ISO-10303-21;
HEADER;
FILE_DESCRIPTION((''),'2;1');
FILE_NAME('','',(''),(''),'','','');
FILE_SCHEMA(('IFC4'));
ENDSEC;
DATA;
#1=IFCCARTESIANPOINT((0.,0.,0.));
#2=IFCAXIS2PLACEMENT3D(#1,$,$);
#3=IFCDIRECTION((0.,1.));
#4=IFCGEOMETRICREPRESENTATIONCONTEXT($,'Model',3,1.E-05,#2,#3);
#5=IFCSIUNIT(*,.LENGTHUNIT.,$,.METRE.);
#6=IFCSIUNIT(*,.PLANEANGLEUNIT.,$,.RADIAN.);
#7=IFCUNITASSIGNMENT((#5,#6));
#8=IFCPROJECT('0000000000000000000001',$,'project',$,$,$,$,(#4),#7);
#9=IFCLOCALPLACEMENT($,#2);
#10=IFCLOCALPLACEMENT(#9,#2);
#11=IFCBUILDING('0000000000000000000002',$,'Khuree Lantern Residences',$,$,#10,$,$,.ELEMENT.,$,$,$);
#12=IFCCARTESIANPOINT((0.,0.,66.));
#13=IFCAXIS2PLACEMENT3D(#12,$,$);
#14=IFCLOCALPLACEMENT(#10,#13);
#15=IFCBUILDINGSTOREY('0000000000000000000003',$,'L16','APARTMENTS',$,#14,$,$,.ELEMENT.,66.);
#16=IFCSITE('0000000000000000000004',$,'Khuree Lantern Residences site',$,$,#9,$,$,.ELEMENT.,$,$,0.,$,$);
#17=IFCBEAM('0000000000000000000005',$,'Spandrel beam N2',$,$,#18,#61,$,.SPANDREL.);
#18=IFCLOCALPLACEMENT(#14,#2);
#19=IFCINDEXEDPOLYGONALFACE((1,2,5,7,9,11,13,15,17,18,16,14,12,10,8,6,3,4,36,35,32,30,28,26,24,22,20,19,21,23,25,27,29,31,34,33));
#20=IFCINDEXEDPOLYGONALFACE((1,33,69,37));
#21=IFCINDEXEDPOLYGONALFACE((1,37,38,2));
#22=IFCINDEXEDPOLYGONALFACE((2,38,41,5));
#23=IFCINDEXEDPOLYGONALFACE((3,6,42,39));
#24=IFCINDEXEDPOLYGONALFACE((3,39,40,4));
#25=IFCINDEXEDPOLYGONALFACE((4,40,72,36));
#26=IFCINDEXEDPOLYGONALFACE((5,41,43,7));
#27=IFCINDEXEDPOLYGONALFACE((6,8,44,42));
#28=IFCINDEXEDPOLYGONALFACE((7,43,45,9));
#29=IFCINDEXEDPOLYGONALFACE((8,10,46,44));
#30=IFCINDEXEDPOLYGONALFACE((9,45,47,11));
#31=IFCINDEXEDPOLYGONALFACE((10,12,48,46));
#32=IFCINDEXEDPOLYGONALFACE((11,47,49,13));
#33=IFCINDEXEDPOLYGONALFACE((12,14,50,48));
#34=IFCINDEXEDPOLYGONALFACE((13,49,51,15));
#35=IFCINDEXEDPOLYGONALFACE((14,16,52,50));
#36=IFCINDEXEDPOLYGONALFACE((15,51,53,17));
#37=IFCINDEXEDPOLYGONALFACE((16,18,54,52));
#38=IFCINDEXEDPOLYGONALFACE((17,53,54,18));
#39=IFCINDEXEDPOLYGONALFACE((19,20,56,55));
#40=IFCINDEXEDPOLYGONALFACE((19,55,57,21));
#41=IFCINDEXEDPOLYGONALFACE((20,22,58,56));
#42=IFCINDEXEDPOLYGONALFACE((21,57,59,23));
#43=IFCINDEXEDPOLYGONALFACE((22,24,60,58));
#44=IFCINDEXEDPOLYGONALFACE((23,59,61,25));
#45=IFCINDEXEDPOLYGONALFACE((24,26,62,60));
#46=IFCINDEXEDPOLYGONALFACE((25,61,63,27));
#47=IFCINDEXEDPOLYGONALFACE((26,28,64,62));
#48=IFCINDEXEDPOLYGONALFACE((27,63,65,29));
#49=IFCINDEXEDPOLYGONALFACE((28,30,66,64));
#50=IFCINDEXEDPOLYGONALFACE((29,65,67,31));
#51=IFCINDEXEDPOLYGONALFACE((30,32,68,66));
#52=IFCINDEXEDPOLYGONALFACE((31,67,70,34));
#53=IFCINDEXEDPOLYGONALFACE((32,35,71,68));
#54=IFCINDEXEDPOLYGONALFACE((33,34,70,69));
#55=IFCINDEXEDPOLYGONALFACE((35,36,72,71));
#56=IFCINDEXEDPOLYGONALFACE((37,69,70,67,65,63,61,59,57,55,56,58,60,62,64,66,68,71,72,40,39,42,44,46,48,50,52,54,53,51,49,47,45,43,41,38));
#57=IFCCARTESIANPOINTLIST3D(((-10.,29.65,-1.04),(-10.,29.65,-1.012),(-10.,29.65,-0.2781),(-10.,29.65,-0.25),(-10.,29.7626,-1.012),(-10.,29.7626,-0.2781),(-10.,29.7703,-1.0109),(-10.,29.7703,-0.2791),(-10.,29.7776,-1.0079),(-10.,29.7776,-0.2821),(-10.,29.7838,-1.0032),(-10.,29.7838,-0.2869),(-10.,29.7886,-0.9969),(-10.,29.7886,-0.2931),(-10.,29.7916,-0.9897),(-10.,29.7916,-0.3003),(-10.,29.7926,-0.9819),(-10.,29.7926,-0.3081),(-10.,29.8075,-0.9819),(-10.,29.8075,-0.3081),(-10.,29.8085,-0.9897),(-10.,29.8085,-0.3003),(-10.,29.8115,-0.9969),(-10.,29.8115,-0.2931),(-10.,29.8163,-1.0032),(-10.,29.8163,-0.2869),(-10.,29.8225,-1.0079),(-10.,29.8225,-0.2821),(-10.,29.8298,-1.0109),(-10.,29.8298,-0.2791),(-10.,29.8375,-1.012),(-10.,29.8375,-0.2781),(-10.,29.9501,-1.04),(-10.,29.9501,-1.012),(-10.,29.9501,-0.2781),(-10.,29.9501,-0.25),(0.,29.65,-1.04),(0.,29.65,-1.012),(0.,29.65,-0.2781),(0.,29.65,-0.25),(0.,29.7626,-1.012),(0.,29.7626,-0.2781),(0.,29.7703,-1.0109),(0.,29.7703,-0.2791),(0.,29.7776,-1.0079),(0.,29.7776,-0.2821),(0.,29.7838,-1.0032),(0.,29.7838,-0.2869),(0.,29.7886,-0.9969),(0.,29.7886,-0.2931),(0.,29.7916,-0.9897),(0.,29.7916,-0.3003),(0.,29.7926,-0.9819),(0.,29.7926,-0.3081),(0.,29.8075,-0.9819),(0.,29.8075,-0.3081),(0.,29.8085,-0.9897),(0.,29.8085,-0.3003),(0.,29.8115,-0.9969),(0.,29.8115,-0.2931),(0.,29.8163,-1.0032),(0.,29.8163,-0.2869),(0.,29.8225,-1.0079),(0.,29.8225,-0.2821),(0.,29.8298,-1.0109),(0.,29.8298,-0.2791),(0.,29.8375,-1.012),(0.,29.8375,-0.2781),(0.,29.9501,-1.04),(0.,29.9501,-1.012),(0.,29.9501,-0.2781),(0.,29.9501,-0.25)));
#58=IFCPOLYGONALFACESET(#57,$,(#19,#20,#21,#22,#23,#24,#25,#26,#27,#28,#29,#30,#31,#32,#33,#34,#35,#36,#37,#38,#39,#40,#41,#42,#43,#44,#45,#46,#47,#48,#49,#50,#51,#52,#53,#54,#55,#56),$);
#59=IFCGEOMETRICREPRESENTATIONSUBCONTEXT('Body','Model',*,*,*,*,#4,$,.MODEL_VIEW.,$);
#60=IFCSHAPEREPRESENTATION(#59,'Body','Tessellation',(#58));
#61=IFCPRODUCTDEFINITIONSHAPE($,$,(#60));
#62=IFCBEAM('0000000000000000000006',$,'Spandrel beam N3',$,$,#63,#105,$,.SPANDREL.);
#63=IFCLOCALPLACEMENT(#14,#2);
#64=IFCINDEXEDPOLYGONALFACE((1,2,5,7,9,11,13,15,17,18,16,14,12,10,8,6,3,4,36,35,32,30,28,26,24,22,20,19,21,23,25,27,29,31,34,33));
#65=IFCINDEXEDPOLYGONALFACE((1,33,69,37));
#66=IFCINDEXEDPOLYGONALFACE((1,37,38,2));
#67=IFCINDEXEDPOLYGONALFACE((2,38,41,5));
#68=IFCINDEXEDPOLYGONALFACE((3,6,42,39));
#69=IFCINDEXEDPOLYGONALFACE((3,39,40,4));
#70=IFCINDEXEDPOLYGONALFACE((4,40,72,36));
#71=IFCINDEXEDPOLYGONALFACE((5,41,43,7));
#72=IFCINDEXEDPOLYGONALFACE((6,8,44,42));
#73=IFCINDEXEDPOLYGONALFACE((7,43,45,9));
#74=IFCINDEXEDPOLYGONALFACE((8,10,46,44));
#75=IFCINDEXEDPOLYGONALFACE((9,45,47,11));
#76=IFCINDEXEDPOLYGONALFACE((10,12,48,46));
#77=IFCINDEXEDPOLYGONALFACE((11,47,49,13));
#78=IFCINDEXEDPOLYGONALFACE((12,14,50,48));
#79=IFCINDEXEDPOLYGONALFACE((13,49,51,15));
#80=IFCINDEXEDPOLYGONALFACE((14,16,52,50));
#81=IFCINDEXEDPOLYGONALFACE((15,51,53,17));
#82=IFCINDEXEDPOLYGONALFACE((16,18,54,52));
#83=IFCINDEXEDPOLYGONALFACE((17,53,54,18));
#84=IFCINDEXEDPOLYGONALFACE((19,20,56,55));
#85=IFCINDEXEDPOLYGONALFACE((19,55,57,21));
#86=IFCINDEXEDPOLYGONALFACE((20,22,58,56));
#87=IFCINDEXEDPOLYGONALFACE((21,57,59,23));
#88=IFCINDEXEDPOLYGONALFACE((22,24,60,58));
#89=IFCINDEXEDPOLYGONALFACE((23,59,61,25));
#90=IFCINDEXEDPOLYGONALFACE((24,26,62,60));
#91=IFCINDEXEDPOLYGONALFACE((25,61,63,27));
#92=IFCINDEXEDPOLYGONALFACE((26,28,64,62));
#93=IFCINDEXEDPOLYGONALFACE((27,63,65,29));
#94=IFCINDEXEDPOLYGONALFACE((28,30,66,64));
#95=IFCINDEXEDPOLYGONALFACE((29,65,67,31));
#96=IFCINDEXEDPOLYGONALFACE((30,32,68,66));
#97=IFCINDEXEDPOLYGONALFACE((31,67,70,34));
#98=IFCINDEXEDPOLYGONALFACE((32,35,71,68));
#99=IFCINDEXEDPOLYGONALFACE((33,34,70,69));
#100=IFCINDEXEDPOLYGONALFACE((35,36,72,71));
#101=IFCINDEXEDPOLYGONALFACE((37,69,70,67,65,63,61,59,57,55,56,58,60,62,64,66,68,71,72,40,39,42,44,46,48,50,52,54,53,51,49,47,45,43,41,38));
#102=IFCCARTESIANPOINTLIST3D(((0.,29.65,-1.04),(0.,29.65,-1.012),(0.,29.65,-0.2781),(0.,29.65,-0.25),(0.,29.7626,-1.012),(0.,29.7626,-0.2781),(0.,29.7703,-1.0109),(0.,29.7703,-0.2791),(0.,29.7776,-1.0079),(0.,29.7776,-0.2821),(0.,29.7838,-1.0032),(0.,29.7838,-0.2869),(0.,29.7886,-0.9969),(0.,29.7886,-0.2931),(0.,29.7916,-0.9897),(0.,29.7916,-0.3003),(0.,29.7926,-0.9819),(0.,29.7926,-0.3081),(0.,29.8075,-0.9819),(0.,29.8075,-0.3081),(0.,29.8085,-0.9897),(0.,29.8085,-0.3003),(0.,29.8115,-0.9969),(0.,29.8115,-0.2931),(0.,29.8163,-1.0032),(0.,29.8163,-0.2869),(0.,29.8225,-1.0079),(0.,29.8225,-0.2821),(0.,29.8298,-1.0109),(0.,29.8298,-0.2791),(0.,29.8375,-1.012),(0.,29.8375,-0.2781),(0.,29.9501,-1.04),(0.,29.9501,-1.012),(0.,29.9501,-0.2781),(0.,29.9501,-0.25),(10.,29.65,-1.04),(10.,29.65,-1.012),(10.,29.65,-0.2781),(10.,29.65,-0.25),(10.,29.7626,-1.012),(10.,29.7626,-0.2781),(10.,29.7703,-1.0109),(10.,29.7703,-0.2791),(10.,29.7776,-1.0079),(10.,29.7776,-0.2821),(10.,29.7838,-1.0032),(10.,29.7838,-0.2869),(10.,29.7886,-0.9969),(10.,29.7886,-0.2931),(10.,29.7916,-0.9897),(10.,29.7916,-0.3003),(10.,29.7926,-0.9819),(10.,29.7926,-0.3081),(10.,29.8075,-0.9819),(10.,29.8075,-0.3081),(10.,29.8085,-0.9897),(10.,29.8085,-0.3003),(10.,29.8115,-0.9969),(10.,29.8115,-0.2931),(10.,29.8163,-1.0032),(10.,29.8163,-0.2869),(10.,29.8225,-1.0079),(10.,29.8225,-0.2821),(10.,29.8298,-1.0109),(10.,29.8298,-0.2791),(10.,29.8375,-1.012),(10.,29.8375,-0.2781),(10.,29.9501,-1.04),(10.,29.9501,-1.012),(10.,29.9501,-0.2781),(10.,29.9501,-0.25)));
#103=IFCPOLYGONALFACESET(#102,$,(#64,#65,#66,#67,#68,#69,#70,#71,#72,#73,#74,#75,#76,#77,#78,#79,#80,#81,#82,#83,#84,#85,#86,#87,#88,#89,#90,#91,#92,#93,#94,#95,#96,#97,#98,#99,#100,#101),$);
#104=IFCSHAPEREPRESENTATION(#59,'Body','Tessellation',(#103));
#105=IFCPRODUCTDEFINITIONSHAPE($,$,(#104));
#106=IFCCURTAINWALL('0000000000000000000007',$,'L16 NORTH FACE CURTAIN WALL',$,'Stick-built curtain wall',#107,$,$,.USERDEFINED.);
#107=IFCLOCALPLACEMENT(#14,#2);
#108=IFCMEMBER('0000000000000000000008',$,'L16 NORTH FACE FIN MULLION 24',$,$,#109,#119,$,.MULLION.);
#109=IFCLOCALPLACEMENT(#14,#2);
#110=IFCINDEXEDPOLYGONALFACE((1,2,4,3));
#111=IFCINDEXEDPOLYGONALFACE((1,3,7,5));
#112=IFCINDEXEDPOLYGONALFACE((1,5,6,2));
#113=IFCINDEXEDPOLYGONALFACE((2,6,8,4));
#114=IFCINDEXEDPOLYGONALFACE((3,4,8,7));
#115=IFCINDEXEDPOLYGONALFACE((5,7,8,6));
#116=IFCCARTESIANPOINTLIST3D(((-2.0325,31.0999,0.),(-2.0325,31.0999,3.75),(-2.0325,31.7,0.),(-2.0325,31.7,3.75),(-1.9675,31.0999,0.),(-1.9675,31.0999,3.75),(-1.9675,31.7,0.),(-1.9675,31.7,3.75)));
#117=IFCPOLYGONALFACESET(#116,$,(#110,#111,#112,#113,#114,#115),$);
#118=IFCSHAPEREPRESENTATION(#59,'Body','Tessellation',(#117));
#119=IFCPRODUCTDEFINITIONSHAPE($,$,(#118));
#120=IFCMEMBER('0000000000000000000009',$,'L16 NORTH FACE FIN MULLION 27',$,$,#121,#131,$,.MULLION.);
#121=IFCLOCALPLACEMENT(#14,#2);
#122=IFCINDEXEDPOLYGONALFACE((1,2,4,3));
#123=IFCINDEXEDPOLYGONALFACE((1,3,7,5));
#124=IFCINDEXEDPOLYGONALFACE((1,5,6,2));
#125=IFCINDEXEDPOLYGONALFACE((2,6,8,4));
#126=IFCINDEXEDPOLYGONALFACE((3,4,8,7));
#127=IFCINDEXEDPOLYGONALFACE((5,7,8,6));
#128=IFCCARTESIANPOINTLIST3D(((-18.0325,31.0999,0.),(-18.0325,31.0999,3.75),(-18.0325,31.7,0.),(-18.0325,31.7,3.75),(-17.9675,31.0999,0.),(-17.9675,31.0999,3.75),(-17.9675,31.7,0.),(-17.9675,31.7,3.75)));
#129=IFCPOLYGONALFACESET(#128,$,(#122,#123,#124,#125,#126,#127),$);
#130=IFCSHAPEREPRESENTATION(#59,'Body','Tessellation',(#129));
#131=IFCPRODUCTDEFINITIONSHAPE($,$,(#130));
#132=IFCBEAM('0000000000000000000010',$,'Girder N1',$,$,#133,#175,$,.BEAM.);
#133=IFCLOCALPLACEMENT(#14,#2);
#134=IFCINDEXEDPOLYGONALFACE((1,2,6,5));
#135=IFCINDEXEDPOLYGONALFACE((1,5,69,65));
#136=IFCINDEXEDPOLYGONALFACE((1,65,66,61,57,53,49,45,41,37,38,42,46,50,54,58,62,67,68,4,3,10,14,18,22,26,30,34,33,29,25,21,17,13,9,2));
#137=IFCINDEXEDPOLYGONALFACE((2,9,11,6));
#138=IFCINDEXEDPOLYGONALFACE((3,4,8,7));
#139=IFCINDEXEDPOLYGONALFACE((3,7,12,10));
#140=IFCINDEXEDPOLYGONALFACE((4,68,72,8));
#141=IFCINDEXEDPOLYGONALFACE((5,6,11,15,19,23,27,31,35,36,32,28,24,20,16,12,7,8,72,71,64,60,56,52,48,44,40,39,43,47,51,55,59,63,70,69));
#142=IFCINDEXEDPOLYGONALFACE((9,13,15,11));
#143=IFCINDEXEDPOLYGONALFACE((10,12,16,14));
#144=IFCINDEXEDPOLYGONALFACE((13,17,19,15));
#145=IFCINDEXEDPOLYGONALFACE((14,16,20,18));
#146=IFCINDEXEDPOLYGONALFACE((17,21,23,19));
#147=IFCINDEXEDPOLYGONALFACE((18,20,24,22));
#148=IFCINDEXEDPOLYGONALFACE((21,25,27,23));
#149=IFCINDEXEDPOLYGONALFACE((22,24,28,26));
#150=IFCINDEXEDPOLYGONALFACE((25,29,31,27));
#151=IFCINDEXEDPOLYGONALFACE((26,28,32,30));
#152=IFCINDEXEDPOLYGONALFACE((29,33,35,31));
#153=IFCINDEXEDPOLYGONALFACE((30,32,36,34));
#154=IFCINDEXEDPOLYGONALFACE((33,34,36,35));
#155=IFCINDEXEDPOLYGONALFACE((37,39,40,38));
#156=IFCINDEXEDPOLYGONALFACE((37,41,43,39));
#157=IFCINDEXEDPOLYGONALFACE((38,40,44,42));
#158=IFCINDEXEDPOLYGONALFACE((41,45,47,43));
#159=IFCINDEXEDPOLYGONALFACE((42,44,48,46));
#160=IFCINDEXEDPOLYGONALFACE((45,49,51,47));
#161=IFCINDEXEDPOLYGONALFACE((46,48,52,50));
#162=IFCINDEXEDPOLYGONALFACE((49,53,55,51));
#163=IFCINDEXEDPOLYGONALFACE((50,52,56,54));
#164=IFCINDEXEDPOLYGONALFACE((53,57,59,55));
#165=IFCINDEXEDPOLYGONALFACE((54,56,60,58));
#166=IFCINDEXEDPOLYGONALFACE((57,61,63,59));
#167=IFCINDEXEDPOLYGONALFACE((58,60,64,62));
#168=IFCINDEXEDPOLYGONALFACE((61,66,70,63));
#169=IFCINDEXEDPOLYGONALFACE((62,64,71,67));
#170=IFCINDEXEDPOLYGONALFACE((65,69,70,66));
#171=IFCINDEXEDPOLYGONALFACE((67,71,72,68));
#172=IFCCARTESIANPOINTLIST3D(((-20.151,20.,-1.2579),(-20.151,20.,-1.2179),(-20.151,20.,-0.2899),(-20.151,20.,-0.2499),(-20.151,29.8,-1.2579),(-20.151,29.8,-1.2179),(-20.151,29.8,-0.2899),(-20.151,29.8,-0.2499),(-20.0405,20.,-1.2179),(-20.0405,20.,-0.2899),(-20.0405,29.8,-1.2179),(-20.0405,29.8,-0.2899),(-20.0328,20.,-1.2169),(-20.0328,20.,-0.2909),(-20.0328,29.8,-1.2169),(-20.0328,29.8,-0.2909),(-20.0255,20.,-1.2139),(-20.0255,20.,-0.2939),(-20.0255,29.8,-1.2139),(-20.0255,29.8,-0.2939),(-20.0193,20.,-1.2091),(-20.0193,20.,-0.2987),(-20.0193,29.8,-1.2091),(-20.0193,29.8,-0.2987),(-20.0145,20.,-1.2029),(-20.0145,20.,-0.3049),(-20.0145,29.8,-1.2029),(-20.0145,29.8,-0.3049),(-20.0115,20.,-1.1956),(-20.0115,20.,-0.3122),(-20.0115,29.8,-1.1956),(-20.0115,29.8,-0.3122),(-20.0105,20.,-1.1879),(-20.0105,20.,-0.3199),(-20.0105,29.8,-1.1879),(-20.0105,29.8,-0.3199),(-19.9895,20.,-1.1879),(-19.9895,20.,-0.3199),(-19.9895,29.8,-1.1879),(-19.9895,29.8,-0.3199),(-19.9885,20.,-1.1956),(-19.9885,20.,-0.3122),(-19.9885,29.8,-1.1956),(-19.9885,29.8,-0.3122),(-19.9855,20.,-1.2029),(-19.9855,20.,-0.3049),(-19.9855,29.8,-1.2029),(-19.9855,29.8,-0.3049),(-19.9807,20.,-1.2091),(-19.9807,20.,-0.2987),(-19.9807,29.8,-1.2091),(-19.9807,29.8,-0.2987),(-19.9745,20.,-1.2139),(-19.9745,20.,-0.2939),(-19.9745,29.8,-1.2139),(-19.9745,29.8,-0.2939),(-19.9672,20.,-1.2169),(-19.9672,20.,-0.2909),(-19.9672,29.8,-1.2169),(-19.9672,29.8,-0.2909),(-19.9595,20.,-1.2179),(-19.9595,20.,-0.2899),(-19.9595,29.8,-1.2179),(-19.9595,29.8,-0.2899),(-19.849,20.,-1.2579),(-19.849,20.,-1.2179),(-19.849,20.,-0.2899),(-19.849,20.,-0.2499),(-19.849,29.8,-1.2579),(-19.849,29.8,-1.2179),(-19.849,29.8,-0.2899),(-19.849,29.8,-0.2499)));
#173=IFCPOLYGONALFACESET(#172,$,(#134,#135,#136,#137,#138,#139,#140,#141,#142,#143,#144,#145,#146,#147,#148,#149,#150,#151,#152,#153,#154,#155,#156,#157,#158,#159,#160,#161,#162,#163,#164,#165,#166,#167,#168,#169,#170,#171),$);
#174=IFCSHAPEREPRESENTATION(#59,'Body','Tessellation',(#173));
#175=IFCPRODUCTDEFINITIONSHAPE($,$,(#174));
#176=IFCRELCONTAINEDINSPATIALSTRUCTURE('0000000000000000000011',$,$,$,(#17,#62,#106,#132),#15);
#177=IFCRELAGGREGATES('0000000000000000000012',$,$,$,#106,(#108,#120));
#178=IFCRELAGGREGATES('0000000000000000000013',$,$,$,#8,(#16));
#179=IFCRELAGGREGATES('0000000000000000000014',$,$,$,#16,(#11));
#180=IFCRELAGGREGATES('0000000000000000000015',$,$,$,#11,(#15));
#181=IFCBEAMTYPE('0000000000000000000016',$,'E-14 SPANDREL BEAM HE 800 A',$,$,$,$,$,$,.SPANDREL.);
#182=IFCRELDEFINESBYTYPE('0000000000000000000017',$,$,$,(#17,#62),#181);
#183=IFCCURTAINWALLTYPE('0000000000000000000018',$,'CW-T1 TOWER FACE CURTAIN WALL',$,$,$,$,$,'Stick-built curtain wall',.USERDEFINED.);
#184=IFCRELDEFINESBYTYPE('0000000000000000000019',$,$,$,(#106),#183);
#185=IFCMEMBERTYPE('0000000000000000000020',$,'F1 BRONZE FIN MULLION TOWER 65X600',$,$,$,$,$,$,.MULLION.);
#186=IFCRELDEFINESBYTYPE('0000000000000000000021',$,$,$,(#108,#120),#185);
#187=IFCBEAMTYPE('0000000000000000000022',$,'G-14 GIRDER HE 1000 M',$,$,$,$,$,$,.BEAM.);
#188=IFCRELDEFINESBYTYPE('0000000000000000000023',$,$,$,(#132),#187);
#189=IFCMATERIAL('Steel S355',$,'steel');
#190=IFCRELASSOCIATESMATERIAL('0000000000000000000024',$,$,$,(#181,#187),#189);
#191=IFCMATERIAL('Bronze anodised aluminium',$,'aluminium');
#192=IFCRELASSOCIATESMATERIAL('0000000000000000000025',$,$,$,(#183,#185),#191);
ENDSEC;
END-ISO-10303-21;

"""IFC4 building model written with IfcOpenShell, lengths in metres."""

from ifc_helpers import new_model, si_unit, direction, frame, origin, origin_2d, place, context, subcontext, project, spatial, rectangle, i_section, extrude, material, material_profile, profile_set, type_object, element, aggregate, save


model = new_model("IFC4")

# Units and contexts
model_context = context("Model", 3, precision=1e-05, world=origin(), true_north=direction((0.0, 1.0)))
body_context = subcontext(model_context, "Body", "Model", "MODEL_VIEW")
ifc_project = project(units=[si_unit("LENGTHUNIT", "METRE"), si_unit("PLANEANGLEUNIT", "RADIAN")], contexts=[model_context])

# Site, building, storey
site_placement = place(None, origin())
site = spatial("IfcSite", under=ifc_project, at=site_placement, Name="Khuree Lantern Residences site", CompositionType="ELEMENT", RefElevation=0.0)
building_placement = place(site_placement, origin())
building = spatial("IfcBuilding", under=site, at=building_placement, Name="Khuree Lantern Residences", CompositionType="ELEMENT")
storey_placement = place(building_placement, frame((0.0, 0.0, 66.0)))
storey = spatial("IfcBuildingStorey", under=building, at=storey_placement, Name="L16", Description="APARTMENTS", CompositionType="ELEMENT", Elevation=66.0)

# Beams
ifc_material_1 = material(Name="Steel S355", Category="steel")
ifc_material_profile_1 = material_profile(ifc_material_1, i_section(OverallWidth=0.3, OverallDepth=0.79, WebThickness=0.0149, FlangeThickness=0.0281, FilletRadius=0.03, at=origin_2d()), Name="HE 800 A")
ifc_profile_set_1 = profile_set([ifc_material_profile_1], Name="Steel S355")
beam_type_1 = type_object("IfcBeamType", Name="E-14 SPANDREL BEAM HE 800 A", PredefinedType="SPANDREL", material=ifc_profile_set_1)
for number, where, z_axis, x_axis, name in (
    (1, (-10.0, 29.8, -0.645), (1.0, 0.0, 0.0), (0.0, 1.0, 0.0), "Spandrel beam N2"),
    (2, (0.0, 29.8, -0.645), (1.0, 0.0, 0.0), (0.0, 1.0, 0.0), "Spandrel beam N3"),
):
    element("IfcBeam", number, at=place(storey_placement, frame(where, z_axis=z_axis, x_axis=x_axis)), inside=storey, type_object=beam_type_1, Name=name, PredefinedType="SPANDREL", context=body_context, shape_type="SweptSolid", body=[
        extrude(i_section(OverallWidth=0.3, OverallDepth=0.79, WebThickness=0.0149, FlangeThickness=0.0281, FilletRadius=0.03, at=origin_2d()), origin(), (0.0, 0.0, 1.0), 10.0),
    ])

# Curtain wall, members
ifc_material_2 = material(Name="Bronze anodised aluminium", Category="aluminium")
curtain_wall_type = type_object("IfcCurtainWallType", Name="CW-T1 TOWER FACE CURTAIN WALL", ElementType="Stick-built curtain wall", PredefinedType="USERDEFINED", material=ifc_material_2)
curtain_wall_placement = place(storey_placement, origin())
curtain_wall = element("IfcCurtainWall", 3, at=curtain_wall_placement, inside=storey, type_object=curtain_wall_type, Name="L16 NORTH FACE CURTAIN WALL", ObjectType="Stick-built curtain wall", PredefinedType="USERDEFINED")
ifc_material_profile_2 = material_profile(ifc_material_2, rectangle(XDim=0.0649, YDim=0.6001, at=origin_2d()), Name="F1 65X600")
ifc_profile_set_2 = profile_set([ifc_material_profile_2], Name="Bronze anodised aluminium")
member_type_1 = type_object("IfcMemberType", Name="F1 BRONZE FIN MULLION TOWER 65X600", PredefinedType="MULLION", material=ifc_profile_set_2)
member_1_placement = place(storey_placement, frame((-2.0, 31.3999, 0.0), z_axis=(0.0, 0.0, 1.0), x_axis=(-1.0, 0.0, 0.0)))
member_1 = element("IfcMember", 4, at=member_1_placement, type_object=member_type_1, Name="L16 NORTH FACE FIN MULLION 24", PredefinedType="MULLION", context=body_context, shape_type="SweptSolid", body=[
    extrude(rectangle(XDim=0.0649, YDim=0.6001, at=origin_2d()), origin(), (0.0, 0.0, 1.0), 3.75),
])
member_2_placement = place(storey_placement, frame((-18.0, 31.3999, 0.0), z_axis=(0.0, 0.0, 1.0), x_axis=(-1.0, 0.0, 0.0)))
member_2 = element("IfcMember", 5, at=member_2_placement, type_object=member_type_1, Name="L16 NORTH FACE FIN MULLION 27", PredefinedType="MULLION", context=body_context, shape_type="SweptSolid", body=[
    extrude(rectangle(XDim=0.0649, YDim=0.6001, at=origin_2d()), origin(), (0.0, 0.0, 1.0), 3.75),
])

# Beam
ifc_material_profile_3 = material_profile(ifc_material_1, i_section(OverallWidth=0.302, OverallDepth=1.0081, WebThickness=0.021, FlangeThickness=0.04, FilletRadius=0.03, at=origin_2d()), Name="HE 1000 M")
ifc_profile_set_3 = profile_set([ifc_material_profile_3], Name="Steel S355")
beam_type_2 = type_object("IfcBeamType", Name="G-14 GIRDER HE 1000 M", PredefinedType="BEAM", material=ifc_profile_set_3)
beam_placement = place(storey_placement, frame((-20.0, 29.8, -0.7539), z_axis=(0.0, -1.0, 0.0), x_axis=(1.0, 0.0, 0.0)))
element("IfcBeam", 6, at=beam_placement, inside=storey, type_object=beam_type_2, Name="Girder N1", PredefinedType="BEAM", context=body_context, shape_type="SweptSolid", body=[
    extrude(i_section(OverallWidth=0.302, OverallDepth=1.0081, WebThickness=0.021, FlangeThickness=0.04, FilletRadius=0.03, at=origin_2d()), origin(), (0.0, 0.0, 1.0), 9.8),
])

aggregate(curtain_wall, [member_1, member_2])

save(model, "model.ifc")
